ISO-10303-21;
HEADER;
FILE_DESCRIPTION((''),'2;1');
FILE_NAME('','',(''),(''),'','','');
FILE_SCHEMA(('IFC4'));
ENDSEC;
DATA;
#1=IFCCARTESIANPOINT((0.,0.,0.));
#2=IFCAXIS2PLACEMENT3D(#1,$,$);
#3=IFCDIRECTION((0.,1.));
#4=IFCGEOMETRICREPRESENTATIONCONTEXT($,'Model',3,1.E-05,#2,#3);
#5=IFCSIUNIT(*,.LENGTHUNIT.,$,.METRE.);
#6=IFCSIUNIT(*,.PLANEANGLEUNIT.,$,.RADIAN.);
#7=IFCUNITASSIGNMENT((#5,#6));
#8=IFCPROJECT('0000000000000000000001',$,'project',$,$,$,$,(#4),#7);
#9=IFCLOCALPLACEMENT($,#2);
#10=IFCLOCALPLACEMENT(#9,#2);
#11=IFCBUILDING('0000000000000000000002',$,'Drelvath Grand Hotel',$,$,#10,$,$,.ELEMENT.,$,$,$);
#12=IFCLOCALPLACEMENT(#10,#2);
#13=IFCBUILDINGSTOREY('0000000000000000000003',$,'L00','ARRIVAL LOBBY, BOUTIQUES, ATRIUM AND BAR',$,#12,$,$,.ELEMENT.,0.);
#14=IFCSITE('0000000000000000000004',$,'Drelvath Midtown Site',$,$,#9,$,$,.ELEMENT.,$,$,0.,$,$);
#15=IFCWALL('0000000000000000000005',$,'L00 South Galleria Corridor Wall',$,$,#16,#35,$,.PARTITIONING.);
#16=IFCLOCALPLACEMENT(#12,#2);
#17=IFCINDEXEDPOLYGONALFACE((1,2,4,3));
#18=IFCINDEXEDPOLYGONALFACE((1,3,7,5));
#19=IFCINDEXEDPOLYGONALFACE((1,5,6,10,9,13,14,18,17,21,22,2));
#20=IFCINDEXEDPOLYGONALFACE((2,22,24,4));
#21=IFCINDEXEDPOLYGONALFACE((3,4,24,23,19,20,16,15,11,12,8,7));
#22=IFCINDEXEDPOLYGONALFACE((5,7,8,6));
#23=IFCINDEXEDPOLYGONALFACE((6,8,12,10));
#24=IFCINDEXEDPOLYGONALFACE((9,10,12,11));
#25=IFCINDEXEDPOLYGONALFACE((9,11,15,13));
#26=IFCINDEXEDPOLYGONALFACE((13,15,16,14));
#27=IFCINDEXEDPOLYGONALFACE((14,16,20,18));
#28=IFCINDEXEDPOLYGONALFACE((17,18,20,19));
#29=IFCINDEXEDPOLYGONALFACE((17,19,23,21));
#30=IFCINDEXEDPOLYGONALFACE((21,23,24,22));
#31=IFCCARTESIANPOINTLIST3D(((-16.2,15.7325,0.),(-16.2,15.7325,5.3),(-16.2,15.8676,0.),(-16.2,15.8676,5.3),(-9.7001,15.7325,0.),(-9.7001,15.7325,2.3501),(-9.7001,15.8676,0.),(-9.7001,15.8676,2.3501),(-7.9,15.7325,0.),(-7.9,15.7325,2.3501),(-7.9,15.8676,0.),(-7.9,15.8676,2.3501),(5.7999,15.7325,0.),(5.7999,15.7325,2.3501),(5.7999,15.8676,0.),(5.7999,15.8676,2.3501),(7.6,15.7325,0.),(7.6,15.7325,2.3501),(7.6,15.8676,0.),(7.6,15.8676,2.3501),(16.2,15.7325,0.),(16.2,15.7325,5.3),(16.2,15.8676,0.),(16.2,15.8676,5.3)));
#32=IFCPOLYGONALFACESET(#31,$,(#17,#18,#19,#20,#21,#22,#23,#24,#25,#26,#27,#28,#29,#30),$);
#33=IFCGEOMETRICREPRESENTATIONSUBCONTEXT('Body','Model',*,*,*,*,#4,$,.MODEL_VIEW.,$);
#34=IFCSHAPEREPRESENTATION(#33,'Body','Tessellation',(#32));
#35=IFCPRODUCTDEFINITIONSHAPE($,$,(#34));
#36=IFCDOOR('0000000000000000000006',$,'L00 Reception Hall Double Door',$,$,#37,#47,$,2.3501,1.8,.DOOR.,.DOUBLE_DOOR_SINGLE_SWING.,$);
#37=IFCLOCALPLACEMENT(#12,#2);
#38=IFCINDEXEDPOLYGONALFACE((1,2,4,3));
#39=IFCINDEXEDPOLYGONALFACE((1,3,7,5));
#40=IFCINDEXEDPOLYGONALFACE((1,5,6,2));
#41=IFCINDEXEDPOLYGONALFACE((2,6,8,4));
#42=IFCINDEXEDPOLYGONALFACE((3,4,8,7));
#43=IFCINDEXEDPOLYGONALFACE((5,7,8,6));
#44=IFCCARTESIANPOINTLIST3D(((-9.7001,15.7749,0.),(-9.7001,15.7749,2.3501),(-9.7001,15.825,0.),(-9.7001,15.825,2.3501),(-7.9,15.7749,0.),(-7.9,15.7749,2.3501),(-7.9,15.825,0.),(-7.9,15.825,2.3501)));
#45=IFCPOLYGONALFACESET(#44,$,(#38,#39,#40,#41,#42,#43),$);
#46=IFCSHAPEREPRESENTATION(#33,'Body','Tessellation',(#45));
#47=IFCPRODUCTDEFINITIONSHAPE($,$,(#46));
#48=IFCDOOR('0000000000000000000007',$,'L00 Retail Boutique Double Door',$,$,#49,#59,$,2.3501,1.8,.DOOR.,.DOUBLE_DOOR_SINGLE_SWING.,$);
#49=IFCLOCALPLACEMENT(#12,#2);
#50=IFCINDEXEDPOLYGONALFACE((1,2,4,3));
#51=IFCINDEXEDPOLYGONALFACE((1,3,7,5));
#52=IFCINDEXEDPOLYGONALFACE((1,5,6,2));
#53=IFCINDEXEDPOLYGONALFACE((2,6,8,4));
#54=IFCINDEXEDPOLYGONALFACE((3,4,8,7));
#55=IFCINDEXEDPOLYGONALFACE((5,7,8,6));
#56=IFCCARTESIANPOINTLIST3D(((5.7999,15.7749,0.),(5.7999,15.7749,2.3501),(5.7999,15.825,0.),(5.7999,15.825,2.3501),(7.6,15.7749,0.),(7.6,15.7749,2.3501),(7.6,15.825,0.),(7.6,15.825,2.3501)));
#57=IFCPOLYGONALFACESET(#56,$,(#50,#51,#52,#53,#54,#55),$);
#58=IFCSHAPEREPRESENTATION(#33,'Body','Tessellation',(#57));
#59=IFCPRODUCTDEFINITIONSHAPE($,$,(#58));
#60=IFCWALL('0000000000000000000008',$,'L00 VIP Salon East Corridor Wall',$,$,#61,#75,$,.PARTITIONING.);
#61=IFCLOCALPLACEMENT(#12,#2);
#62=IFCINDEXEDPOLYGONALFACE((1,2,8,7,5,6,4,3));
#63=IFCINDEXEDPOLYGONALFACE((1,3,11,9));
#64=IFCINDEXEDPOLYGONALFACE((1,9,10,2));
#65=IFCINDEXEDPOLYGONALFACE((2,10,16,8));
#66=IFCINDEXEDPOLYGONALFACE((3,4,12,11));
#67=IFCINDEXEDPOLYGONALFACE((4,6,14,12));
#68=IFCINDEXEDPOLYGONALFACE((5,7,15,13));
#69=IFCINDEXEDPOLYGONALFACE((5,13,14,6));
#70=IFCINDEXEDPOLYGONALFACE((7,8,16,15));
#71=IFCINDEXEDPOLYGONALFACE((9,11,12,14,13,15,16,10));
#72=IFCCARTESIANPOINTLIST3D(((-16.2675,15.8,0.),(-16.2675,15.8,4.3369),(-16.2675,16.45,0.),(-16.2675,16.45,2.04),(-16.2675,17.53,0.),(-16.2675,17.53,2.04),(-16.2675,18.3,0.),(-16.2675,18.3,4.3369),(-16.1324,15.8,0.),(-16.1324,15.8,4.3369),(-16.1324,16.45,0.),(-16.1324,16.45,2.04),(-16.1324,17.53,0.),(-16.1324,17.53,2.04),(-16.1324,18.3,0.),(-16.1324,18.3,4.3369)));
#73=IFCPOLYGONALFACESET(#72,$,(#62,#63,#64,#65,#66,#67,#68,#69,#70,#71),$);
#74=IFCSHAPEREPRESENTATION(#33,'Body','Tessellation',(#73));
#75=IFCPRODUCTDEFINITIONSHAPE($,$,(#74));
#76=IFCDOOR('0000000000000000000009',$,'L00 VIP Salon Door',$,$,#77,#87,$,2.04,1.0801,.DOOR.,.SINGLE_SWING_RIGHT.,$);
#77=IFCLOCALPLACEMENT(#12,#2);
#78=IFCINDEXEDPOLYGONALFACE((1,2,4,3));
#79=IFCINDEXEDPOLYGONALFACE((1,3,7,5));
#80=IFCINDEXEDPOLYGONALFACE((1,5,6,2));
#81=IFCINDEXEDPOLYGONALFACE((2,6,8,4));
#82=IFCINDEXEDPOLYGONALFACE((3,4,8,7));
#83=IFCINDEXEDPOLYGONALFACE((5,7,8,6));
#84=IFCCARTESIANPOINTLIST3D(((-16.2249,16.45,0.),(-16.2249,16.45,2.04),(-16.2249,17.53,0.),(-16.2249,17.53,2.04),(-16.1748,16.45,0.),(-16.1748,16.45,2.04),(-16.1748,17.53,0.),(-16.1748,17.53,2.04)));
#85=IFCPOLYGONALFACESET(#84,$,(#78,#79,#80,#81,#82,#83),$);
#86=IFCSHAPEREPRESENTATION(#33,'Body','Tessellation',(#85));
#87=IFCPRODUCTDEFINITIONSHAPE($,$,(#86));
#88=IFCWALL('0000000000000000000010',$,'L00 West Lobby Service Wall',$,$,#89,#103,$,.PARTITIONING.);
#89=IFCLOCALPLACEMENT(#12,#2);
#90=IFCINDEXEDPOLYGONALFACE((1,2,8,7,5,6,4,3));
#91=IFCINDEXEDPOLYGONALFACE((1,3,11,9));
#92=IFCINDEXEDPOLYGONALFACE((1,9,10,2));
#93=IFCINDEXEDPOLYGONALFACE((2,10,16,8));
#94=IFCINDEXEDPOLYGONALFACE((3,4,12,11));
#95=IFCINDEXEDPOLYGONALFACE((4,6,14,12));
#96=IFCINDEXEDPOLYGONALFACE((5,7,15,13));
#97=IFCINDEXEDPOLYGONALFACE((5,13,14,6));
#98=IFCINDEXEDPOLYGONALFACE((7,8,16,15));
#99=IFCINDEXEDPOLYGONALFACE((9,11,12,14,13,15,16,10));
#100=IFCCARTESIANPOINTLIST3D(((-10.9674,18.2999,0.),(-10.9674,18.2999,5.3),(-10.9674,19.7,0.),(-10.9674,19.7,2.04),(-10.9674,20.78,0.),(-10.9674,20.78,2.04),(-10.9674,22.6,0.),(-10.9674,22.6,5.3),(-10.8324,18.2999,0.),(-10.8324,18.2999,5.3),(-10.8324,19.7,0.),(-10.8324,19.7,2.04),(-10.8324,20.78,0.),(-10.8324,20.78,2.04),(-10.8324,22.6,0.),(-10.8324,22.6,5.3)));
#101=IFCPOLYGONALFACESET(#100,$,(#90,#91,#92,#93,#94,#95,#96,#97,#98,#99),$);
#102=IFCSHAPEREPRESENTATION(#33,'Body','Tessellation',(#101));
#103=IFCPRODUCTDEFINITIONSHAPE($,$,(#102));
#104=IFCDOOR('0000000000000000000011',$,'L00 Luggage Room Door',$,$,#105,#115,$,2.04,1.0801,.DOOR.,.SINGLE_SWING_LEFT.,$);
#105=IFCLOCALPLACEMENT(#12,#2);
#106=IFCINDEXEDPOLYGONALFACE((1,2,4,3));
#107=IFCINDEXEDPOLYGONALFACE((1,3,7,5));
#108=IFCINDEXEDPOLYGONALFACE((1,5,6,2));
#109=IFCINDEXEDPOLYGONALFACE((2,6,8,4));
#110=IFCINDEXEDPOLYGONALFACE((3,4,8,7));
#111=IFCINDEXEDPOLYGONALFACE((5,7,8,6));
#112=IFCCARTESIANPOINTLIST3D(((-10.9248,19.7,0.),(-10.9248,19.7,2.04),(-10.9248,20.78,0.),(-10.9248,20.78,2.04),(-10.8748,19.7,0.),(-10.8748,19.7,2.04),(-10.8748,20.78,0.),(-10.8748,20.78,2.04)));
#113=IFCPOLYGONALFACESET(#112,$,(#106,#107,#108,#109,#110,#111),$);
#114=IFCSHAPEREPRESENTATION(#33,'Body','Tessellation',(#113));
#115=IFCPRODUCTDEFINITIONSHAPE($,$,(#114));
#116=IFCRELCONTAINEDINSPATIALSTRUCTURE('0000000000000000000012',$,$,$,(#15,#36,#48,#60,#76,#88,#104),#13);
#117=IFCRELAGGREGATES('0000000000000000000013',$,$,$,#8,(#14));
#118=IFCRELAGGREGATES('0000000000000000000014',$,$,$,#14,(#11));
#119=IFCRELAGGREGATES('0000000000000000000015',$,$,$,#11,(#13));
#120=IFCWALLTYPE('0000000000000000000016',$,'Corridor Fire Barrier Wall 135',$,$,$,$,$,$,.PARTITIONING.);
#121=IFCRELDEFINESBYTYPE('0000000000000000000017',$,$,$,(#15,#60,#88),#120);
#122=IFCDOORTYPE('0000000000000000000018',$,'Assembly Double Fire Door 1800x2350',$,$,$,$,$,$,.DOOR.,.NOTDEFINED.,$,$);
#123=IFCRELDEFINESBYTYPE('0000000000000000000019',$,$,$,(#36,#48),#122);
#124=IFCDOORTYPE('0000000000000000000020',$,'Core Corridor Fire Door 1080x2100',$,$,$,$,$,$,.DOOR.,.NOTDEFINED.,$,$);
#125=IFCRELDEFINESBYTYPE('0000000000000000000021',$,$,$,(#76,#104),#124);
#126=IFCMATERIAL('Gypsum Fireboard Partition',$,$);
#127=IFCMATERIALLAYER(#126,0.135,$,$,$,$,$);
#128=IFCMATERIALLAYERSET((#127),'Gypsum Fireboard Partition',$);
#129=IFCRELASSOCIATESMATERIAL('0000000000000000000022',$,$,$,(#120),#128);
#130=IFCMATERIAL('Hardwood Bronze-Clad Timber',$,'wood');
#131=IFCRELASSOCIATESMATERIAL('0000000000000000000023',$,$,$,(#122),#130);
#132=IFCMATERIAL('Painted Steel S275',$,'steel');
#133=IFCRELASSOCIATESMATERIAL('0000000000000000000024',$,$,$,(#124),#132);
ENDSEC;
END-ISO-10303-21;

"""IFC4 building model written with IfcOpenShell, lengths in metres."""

from ifc_helpers import new_model, si_unit, direction, frame, frame_2d, origin, place, context, subcontext, project, spatial, rectangle, extrude, material, layer, layer_set, type_object, element, fill, save


model = new_model("IFC4")

# Units and contexts
model_context = context("Model", 3, precision=1e-05, world=origin(), true_north=direction((0.0, 1.0)))
body_context = subcontext(model_context, "Body", "Model", "MODEL_VIEW")
ifc_project = project(units=[si_unit("LENGTHUNIT", "METRE"), si_unit("PLANEANGLEUNIT", "RADIAN")], contexts=[model_context])

# Site, building, storey
site_placement = place(None, origin())
site = spatial("IfcSite", under=ifc_project, at=site_placement, Name="Drelvath Midtown Site", CompositionType="ELEMENT", RefElevation=0.0)
building_placement = place(site_placement, origin())
building = spatial("IfcBuilding", under=site, at=building_placement, Name="Drelvath Grand Hotel", CompositionType="ELEMENT")
storey_placement = place(building_placement, origin())
storey = spatial("IfcBuildingStorey", under=building, at=storey_placement, Name="L00", Description="ARRIVAL LOBBY, BOUTIQUES, ATRIUM AND BAR", CompositionType="ELEMENT", Elevation=0.0)

# Shared definitions
ifc_material_1 = material(Name="Gypsum Fireboard Partition")

# Wall, openings, doors
ifc_layer_1 = layer(ifc_material_1, 0.135)
ifc_layer_set_1 = layer_set([ifc_layer_1], Name="Gypsum Fireboard Partition")
wall_type_1 = type_object("IfcWallType", Name="Corridor Fire Barrier Wall 135", PredefinedType="PARTITIONING", material=ifc_layer_set_1)
wall_1_placement = place(storey_placement, frame((-16.2, 15.8, 0.0), z_axis=(0.0, 0.0, 1.0), x_axis=(1.0, 0.0, 0.0)))
wall_1 = element("IfcWall", 1, at=wall_1_placement, inside=storey, type_object=wall_type_1, Name="L00 South Galleria Corridor Wall", PredefinedType="PARTITIONING", context=body_context, shape_type="SweptSolid", body=[
    extrude(rectangle(XDim=32.3999, YDim=0.135, at=frame_2d((16.2, 0.0))), origin(), (0.0, 0.0, 1.0), 5.3),
])
opening_1_placement = place(wall_1_placement, frame((6.5, 0.0, 0.0)))
opening_1 = element("IfcOpeningElement", 2, at=opening_1_placement, cuts=wall_1, PredefinedType="OPENING", context=body_context, shape_type="SweptSolid", body=[
    extrude(rectangle(XDim=1.8, YDim=2.3501, at=frame_2d((0.8999, 1.175))), frame((0.0, 0.0774, 0.0), z_axis=(0.0, -1.0, 0.0), x_axis=(1.0, 0.0, 0.0)), (0.0, 0.0, 1.0), 0.155),
])
opening_2_placement = place(wall_1_placement, frame((22.0, 0.0, 0.0)))
opening_2 = element("IfcOpeningElement", 3, at=opening_2_placement, cuts=wall_1, PredefinedType="OPENING", context=body_context, shape_type="SweptSolid", body=[
    extrude(rectangle(XDim=1.8, YDim=2.3501, at=frame_2d((0.8999, 1.175))), frame((0.0, 0.0774, 0.0), z_axis=(0.0, -1.0, 0.0), x_axis=(1.0, 0.0, 0.0)), (0.0, 0.0, 1.0), 0.155),
])
ifc_material_2 = material(Name="Hardwood Bronze-Clad Timber", Category="wood")
door_type_1 = type_object("IfcDoorType", Name="Assembly Double Fire Door 1800x2350", OperationType="NOTDEFINED", PredefinedType="DOOR", material=ifc_material_2)
door_1_placement = place(opening_1_placement, origin())
door_1 = element("IfcDoor", 4, at=door_1_placement, inside=storey, type_object=door_type_1, Name="L00 Reception Hall Double Door", OperationType="DOUBLE_DOOR_SINGLE_SWING", OverallHeight=2.3501, OverallWidth=1.8, PredefinedType="DOOR", context=body_context, shape_type="SweptSolid", body=[
    extrude(rectangle(XDim=1.8, YDim=2.3501, at=frame_2d((0.8999, 1.175))), frame((0.0, 0.0249, 0.0), z_axis=(0.0, -1.0, 0.0), x_axis=(1.0, 0.0, 0.0)), (0.0, 0.0, 1.0), 0.05),
])
fill(opening_1, door_1)
door_2_placement = place(opening_2_placement, origin())
door_2 = element("IfcDoor", 5, at=door_2_placement, inside=storey, type_object=door_type_1, Name="L00 Retail Boutique Double Door", OperationType="DOUBLE_DOOR_SINGLE_SWING", OverallHeight=2.3501, OverallWidth=1.8, PredefinedType="DOOR", context=body_context, shape_type="SweptSolid", body=[
    extrude(rectangle(XDim=1.8, YDim=2.3501, at=frame_2d((0.8999, 1.175))), frame((0.0, 0.0249, 0.0), z_axis=(0.0, -1.0, 0.0), x_axis=(1.0, 0.0, 0.0)), (0.0, 0.0, 1.0), 0.05),
])
fill(opening_2, door_2)

# Walls, openings, doors
wall_2_placement = place(storey_placement, frame((-16.2, 15.8, 0.0), z_axis=(0.0, 0.0, 1.0), x_axis=(0.0, 1.0, 0.0)))
wall_2 = element("IfcWall", 6, at=wall_2_placement, inside=storey, type_object=wall_type_1, Name="L00 VIP Salon East Corridor Wall", PredefinedType="PARTITIONING", context=body_context, shape_type="SweptSolid", body=[
    extrude(rectangle(XDim=2.5, YDim=0.135, at=frame_2d((1.25, 0.0))), origin(), (0.0, 0.0, 1.0), 4.3369),
])
opening_3_placement = place(wall_2_placement, frame((0.6499, 0.0, 0.0)))
opening_3 = element("IfcOpeningElement", 7, at=opening_3_placement, cuts=wall_2, PredefinedType="OPENING", context=body_context, shape_type="SweptSolid", body=[
    extrude(rectangle(XDim=1.0801, YDim=2.04, at=frame_2d((0.54, 1.02))), frame((0.0, 0.0774, 0.0), z_axis=(0.0, -1.0, 0.0), x_axis=(1.0, 0.0, 0.0)), (0.0, 0.0, 1.0), 0.155),
])
ifc_material_3 = material(Name="Painted Steel S275", Category="steel")
door_type_2 = type_object("IfcDoorType", Name="Core Corridor Fire Door 1080x2100", OperationType="NOTDEFINED", PredefinedType="DOOR", material=ifc_material_3)
door_3_placement = place(opening_3_placement, origin())
door_3 = element("IfcDoor", 8, at=door_3_placement, inside=storey, type_object=door_type_2, Name="L00 VIP Salon Door", OperationType="SINGLE_SWING_RIGHT", OverallHeight=2.04, OverallWidth=1.0801, PredefinedType="DOOR", context=body_context, shape_type="SweptSolid", body=[
    extrude(rectangle(XDim=1.0801, YDim=2.04, at=frame_2d((0.54, 1.02))), frame((0.0, 0.0249, 0.0), z_axis=(0.0, -1.0, 0.0), x_axis=(1.0, 0.0, 0.0)), (0.0, 0.0, 1.0), 0.05),
])
fill(opening_3, door_3)
wall_3_placement = place(storey_placement, frame((-10.8999, 18.3, 0.0), z_axis=(0.0, 0.0, 1.0), x_axis=(0.0, 1.0, 0.0)))
wall_3 = element("IfcWall", 9, at=wall_3_placement, inside=storey, type_object=wall_type_1, Name="L00 West Lobby Service Wall", PredefinedType="PARTITIONING", context=body_context, shape_type="SweptSolid", body=[
    extrude(rectangle(XDim=4.3, YDim=0.135, at=frame_2d((2.1499, 0.0))), origin(), (0.0, 0.0, 1.0), 5.3),
])
opening_4_placement = place(wall_3_placement, frame((1.3999, 0.0, 0.0)))
opening_4 = element("IfcOpeningElement", 10, at=opening_4_placement, cuts=wall_3, PredefinedType="OPENING", context=body_context, shape_type="SweptSolid", body=[
    extrude(rectangle(XDim=1.0801, YDim=2.04, at=frame_2d((0.54, 1.02))), frame((0.0, 0.0774, 0.0), z_axis=(0.0, -1.0, 0.0), x_axis=(1.0, 0.0, 0.0)), (0.0, 0.0, 1.0), 0.155),
])
door_4_placement = place(opening_4_placement, origin())
door_4 = element("IfcDoor", 11, at=door_4_placement, inside=storey, type_object=door_type_2, Name="L00 Luggage Room Door", OperationType="SINGLE_SWING_LEFT", OverallHeight=2.04, OverallWidth=1.0801, PredefinedType="DOOR", context=body_context, shape_type="SweptSolid", body=[
    extrude(rectangle(XDim=1.0801, YDim=2.04, at=frame_2d((0.54, 1.02))), frame((0.0, 0.0249, 0.0), z_axis=(0.0, -1.0, 0.0), x_axis=(1.0, 0.0, 0.0)), (0.0, 0.0, 1.0), 0.05),
])
fill(opening_4, door_4)

save(model, "model.ifc")
